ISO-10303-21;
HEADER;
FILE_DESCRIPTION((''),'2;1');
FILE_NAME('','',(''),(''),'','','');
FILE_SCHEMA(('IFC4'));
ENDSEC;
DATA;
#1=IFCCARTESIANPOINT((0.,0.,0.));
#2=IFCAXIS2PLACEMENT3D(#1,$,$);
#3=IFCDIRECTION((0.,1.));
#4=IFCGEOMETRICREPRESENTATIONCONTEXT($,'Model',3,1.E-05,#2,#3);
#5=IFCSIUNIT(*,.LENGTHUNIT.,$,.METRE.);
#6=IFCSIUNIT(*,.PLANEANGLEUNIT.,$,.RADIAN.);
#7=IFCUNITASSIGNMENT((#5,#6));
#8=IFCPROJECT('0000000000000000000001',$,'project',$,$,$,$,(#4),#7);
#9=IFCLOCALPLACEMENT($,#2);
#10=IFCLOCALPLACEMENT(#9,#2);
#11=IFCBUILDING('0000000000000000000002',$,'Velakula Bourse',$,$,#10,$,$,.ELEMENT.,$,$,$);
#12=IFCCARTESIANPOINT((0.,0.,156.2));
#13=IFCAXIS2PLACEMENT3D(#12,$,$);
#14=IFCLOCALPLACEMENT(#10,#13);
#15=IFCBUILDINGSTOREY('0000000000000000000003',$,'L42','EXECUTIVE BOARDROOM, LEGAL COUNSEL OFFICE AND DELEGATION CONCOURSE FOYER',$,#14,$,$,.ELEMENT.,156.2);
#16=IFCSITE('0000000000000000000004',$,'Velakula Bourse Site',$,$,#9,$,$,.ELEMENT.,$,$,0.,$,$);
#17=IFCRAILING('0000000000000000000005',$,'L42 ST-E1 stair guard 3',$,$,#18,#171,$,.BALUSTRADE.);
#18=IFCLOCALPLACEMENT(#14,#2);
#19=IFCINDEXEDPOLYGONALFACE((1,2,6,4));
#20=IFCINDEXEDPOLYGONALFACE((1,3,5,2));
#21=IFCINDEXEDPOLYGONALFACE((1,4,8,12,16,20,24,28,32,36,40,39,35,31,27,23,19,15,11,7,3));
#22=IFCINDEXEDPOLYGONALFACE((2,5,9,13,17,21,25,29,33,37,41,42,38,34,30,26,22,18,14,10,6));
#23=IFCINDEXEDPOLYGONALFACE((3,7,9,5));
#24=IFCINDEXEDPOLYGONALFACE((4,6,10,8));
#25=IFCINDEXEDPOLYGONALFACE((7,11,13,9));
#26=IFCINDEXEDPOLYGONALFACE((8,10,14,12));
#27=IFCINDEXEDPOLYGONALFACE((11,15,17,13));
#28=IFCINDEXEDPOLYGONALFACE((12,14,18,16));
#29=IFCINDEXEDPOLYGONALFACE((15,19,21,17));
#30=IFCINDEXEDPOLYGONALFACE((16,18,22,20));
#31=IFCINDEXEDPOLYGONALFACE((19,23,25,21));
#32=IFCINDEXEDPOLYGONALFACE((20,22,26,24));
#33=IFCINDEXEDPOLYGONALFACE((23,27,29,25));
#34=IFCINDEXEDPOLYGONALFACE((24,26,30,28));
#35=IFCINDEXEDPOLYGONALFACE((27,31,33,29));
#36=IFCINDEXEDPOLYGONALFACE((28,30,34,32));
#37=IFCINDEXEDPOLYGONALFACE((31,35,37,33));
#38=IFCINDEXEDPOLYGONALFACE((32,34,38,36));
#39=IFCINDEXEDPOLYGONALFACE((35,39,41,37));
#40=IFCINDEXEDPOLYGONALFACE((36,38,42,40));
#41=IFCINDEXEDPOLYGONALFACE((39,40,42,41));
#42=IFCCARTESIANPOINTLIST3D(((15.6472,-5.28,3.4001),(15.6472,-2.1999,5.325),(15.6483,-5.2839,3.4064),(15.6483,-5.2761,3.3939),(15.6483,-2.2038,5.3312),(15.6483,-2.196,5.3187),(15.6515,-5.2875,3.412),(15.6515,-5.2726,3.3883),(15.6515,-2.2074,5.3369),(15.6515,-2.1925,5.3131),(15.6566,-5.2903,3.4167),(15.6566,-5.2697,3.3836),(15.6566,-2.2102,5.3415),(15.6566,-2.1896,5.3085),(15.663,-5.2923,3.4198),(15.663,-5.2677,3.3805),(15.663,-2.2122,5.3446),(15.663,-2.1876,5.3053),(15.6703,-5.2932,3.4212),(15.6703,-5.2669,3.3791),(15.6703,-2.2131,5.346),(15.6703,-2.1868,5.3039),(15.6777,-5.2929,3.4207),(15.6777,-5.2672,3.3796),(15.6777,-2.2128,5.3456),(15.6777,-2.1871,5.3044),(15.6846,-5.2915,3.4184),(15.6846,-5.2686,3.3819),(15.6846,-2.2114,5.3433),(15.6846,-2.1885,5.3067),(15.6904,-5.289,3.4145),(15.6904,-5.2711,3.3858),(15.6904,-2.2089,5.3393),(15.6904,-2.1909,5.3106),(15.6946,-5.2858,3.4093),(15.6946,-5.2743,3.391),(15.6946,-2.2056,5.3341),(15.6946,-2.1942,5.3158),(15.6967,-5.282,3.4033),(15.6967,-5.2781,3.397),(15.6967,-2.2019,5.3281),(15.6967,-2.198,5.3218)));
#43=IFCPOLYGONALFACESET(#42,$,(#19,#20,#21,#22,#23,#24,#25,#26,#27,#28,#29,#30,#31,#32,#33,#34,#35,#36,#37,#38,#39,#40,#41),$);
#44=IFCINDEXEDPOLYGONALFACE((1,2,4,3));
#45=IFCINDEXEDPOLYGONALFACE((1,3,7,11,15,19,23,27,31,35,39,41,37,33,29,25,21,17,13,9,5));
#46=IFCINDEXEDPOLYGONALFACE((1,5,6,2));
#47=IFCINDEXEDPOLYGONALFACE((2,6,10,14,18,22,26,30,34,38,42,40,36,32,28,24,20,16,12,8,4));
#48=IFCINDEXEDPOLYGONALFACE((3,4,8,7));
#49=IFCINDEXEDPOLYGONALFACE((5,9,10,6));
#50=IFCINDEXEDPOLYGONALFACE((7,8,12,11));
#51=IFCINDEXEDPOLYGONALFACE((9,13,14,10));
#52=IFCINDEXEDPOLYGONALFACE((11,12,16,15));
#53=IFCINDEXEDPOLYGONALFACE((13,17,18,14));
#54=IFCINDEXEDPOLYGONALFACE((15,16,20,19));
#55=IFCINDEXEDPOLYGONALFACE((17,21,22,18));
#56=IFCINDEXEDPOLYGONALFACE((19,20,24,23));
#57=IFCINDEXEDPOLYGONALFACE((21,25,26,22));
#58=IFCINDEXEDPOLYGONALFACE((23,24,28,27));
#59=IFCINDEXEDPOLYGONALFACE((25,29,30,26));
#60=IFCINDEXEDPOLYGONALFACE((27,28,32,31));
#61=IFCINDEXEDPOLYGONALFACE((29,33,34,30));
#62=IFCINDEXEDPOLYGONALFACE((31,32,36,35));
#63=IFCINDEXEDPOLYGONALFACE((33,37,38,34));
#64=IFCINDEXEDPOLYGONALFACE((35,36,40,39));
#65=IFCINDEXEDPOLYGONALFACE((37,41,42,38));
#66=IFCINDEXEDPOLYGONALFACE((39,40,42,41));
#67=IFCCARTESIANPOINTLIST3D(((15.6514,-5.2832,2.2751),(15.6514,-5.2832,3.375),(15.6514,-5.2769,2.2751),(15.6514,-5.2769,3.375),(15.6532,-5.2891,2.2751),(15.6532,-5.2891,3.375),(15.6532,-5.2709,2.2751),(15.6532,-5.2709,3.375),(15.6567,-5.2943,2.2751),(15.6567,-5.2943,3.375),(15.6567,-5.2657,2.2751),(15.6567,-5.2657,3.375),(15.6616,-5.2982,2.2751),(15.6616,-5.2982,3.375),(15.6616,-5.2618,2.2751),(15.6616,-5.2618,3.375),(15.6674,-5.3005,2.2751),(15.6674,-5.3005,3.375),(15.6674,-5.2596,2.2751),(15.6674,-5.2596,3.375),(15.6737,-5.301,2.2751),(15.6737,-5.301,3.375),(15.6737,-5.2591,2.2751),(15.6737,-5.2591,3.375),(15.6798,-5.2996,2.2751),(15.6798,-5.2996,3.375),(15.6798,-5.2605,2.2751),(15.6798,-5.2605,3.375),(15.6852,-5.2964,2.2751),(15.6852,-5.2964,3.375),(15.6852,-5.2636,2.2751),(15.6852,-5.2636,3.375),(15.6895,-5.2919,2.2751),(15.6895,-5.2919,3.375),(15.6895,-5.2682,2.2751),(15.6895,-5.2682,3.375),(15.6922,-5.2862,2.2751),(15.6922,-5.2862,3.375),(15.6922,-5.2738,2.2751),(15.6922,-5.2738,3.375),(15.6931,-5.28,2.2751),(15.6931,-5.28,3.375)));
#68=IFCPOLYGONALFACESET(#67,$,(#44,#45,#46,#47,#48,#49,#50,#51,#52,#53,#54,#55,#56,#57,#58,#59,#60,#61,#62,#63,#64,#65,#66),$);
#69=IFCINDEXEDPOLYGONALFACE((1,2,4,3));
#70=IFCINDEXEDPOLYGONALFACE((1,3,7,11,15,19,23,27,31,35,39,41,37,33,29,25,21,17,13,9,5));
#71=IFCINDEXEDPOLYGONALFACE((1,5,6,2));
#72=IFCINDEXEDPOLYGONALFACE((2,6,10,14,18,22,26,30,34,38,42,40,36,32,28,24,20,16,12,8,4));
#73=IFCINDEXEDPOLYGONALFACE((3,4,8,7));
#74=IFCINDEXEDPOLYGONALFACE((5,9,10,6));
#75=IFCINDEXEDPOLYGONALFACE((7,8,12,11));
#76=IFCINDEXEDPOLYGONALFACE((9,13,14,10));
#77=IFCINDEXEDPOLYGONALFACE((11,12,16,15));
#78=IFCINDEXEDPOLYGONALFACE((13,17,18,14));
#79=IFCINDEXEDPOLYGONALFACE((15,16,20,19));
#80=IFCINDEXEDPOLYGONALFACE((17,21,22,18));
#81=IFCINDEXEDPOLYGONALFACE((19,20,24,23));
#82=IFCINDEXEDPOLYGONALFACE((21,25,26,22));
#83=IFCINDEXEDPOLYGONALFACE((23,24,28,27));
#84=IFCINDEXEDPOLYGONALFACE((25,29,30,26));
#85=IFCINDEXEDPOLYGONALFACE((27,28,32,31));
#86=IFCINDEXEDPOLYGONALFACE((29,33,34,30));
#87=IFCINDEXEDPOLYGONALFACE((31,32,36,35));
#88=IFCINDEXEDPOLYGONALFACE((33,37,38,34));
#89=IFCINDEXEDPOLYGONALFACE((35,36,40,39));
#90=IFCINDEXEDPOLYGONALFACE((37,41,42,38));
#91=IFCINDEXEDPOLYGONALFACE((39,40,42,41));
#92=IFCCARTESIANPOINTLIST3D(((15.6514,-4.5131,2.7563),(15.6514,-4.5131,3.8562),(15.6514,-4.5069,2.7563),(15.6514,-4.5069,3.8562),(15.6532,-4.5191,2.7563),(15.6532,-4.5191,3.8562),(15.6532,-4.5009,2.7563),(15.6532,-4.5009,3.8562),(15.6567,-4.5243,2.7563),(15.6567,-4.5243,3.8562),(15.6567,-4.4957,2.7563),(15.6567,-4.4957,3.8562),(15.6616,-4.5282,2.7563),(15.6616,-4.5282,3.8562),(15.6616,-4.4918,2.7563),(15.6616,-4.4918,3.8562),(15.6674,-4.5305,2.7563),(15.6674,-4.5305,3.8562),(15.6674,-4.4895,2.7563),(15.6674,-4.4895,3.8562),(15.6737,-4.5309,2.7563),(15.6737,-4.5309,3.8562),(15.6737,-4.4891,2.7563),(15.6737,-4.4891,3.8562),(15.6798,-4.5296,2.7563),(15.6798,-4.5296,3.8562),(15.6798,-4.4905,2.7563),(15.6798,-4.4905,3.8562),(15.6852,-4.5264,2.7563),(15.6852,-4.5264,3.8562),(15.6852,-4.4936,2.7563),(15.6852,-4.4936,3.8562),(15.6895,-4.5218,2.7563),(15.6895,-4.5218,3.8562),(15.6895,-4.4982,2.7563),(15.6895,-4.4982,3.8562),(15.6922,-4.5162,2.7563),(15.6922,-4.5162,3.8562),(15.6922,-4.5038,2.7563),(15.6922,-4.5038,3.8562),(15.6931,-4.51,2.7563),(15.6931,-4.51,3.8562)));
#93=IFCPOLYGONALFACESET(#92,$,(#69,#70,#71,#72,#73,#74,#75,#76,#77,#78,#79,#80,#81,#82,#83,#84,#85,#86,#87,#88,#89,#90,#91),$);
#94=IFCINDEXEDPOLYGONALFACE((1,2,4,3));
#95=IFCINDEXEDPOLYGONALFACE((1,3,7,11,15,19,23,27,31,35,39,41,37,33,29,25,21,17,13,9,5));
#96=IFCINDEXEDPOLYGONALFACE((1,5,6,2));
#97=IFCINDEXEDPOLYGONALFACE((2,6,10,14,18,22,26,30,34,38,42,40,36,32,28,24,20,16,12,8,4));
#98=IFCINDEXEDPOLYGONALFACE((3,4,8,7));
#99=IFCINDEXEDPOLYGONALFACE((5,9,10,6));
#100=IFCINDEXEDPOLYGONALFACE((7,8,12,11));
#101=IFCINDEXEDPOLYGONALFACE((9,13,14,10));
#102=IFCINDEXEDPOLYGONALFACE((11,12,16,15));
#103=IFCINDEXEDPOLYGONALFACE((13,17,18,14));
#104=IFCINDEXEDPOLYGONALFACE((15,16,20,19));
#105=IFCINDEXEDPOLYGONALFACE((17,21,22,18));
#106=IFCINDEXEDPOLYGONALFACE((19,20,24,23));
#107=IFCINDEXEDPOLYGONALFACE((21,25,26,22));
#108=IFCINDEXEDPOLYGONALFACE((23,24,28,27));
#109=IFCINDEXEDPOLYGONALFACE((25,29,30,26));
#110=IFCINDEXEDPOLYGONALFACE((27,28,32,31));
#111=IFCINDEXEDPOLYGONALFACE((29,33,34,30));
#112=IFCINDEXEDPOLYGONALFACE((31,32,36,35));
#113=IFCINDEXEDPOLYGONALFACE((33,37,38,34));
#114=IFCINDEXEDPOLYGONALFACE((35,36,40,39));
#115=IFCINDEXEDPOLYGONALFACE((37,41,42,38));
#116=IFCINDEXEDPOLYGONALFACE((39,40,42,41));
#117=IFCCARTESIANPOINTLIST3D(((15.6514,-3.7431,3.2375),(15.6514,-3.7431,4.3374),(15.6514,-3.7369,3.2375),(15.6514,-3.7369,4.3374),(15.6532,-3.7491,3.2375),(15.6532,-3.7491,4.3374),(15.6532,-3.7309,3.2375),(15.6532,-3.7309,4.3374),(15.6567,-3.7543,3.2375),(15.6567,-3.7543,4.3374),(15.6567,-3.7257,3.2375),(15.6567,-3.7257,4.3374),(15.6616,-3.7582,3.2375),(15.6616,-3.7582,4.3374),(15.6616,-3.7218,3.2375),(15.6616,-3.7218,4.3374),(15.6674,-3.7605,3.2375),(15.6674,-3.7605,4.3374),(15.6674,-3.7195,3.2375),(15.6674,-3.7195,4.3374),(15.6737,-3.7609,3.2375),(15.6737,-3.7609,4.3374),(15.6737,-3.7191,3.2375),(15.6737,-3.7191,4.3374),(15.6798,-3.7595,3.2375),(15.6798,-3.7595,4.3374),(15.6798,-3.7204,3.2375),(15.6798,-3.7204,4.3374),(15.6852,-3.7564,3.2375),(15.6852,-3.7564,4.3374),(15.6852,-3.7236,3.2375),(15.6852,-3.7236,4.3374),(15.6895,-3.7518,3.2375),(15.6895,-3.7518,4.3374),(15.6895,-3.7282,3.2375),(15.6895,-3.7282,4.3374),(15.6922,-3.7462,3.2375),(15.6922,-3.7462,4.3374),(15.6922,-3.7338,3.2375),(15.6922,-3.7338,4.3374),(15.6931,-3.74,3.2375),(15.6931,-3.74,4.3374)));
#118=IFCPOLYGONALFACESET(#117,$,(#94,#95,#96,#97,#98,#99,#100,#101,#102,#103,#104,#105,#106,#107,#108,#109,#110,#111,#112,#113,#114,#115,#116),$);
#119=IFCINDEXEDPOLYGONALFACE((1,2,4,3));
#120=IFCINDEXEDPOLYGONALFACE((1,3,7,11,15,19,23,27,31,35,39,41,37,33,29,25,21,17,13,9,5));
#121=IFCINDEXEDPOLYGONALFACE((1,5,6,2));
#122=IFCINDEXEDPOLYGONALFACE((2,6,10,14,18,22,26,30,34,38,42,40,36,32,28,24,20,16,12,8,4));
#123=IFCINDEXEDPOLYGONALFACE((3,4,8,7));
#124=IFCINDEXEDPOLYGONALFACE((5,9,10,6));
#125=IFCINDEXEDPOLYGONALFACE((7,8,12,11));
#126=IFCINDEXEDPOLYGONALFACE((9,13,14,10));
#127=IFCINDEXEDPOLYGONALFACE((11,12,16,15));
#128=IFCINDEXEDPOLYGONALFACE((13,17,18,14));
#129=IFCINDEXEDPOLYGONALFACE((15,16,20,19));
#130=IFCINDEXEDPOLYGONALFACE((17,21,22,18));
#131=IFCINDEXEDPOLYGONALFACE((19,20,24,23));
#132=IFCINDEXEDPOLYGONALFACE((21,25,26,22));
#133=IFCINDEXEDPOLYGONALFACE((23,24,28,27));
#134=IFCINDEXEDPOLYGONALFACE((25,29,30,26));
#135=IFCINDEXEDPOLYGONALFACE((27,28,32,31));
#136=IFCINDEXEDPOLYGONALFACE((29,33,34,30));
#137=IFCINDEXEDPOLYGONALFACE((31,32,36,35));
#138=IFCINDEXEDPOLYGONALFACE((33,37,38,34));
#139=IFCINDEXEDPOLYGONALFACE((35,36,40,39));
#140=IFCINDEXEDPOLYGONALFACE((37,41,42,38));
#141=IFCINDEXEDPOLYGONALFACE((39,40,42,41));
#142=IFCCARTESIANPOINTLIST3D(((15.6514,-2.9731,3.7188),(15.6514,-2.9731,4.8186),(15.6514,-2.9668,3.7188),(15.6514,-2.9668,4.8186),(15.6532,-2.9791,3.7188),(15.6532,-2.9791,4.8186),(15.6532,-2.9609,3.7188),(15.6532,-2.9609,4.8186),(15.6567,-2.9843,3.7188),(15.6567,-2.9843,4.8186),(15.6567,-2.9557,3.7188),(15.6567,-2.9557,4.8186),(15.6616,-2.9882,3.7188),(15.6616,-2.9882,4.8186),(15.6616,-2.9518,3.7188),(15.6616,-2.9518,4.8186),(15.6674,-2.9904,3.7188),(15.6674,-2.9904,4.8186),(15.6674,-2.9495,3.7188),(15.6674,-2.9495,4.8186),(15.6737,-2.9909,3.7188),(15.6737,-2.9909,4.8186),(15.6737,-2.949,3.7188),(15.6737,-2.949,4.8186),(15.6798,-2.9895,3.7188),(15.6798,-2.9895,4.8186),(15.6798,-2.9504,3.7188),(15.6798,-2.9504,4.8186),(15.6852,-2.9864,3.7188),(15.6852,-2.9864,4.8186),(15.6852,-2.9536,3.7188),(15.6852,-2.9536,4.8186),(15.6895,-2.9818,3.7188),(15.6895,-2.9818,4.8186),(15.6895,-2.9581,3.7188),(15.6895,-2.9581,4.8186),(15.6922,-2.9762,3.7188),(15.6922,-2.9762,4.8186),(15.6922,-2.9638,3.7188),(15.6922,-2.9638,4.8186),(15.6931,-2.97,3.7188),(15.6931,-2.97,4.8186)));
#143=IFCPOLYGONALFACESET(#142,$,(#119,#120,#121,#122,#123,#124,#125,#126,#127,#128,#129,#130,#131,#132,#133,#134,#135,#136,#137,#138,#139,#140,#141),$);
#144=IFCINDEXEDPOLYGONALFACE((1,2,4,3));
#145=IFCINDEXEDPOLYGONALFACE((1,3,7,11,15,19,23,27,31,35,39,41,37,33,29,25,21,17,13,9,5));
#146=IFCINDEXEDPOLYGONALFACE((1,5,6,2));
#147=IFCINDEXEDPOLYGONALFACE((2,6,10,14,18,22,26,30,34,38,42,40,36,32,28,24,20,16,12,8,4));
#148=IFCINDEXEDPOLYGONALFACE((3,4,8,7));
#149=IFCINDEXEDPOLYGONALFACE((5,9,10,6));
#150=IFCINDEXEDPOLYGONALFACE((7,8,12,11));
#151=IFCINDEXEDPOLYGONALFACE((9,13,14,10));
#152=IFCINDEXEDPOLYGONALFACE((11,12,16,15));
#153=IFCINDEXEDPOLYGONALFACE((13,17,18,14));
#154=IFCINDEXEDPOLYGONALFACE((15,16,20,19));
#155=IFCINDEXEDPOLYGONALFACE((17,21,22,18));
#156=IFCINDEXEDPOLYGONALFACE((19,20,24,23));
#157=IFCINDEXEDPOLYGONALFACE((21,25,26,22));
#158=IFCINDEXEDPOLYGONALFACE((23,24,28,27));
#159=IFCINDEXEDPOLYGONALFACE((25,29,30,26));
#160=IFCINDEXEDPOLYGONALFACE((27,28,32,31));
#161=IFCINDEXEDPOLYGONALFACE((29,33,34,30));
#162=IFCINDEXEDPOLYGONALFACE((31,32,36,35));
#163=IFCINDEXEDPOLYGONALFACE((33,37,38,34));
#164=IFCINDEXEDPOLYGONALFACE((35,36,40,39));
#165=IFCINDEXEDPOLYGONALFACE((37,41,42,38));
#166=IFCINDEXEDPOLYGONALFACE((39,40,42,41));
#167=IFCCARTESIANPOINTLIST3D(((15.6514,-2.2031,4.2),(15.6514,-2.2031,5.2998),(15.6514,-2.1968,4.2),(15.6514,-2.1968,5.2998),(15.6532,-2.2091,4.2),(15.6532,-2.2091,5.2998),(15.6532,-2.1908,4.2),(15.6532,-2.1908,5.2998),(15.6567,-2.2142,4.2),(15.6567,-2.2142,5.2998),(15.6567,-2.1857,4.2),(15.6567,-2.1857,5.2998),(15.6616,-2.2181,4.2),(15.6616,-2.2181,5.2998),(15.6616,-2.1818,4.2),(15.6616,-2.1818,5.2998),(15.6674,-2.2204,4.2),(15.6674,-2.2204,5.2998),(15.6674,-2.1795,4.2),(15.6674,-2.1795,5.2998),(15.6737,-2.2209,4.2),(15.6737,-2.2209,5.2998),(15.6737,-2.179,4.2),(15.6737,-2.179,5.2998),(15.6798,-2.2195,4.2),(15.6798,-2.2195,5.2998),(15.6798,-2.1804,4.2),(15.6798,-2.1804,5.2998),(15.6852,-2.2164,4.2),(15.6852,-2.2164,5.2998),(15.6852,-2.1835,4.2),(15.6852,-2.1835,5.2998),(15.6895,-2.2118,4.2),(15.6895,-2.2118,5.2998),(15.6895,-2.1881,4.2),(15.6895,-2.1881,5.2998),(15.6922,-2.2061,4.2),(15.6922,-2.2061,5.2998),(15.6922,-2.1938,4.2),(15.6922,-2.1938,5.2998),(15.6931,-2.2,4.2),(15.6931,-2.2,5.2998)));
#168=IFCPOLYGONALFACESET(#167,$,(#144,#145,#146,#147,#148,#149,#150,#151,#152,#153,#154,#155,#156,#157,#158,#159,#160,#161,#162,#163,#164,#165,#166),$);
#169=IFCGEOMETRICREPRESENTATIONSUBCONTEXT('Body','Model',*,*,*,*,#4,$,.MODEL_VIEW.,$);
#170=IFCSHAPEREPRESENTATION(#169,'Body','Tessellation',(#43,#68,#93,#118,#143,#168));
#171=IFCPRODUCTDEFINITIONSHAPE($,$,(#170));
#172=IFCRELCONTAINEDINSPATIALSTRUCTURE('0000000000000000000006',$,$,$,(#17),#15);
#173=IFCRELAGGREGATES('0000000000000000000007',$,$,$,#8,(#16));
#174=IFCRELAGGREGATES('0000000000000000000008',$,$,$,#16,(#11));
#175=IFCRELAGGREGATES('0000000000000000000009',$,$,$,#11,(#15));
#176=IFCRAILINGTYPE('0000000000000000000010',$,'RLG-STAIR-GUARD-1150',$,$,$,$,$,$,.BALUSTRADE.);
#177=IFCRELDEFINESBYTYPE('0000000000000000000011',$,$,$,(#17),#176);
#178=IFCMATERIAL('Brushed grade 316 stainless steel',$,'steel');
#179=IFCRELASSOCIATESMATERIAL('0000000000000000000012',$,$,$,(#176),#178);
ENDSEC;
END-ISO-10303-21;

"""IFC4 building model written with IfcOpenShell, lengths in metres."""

from ifc_helpers import new_model, si_unit, direction, frame, origin, origin_2d, place, context, subcontext, project, spatial, circle, extrude, material, type_object, element, save


model = new_model("IFC4")

# Units and contexts
model_context = context("Model", 3, precision=1e-05, world=origin(), true_north=direction((0.0, 1.0)))
body_context = subcontext(model_context, "Body", "Model", "MODEL_VIEW")
ifc_project = project(units=[si_unit("LENGTHUNIT", "METRE"), si_unit("PLANEANGLEUNIT", "RADIAN")], contexts=[model_context])

# Site, building, storey
site_placement = place(None, origin())
site = spatial("IfcSite", under=ifc_project, at=site_placement, Name="Velakula Bourse Site", CompositionType="ELEMENT", RefElevation=0.0)
building_placement = place(site_placement, origin())
building = spatial("IfcBuilding", under=site, at=building_placement, Name="Velakula Bourse", CompositionType="ELEMENT")
storey_placement = place(building_placement, frame((0.0, 0.0, 156.2)))
storey = spatial("IfcBuildingStorey", under=building, at=storey_placement, Name="L42", Description="EXECUTIVE BOARDROOM, LEGAL COUNSEL OFFICE AND DELEGATION CONCOURSE FOYER", CompositionType="ELEMENT", Elevation=156.2)

# Shared definitions
ifc_material_1 = material(Name="Brushed grade 316 stainless steel", Category="steel")

# Railing
railing_type_1 = type_object("IfcRailingType", Name="RLG-STAIR-GUARD-1150", PredefinedType="BALUSTRADE", material=ifc_material_1)
railing_1_placement = place(storey_placement, frame((15.6721, -5.28, 2.2751)))
element("IfcRailing", 1, at=railing_1_placement, inside=storey, type_object=railing_type_1, Name="L42 ST-E1 stair guard 3", PredefinedType="BALUSTRADE", context=body_context, shape_type="SweptSolid", body=[
    extrude(circle(Radius=0.0249, at=origin_2d()), frame((0.0, 0.0, 1.125), z_axis=(0.0, 0.848029, 0.529951), x_axis=(-1.0, 0.0, 0.0)), (0.0, 0.0, 1.0), 3.6321),
    extrude(circle(Radius=0.021, at=origin_2d()), origin(), (0.0, 0.0, 1.0), 1.0999),
    extrude(circle(Radius=0.021, at=origin_2d()), frame((0.0, 0.77, 0.4812)), (0.0, 0.0, 1.0), 1.0999),
    extrude(circle(Radius=0.021, at=origin_2d()), frame((0.0, 1.54, 0.9624)), (0.0, 0.0, 1.0), 1.0999),
    extrude(circle(Radius=0.021, at=origin_2d()), frame((0.0, 2.3101, 1.4436)), (0.0, 0.0, 1.0), 1.0999),
    extrude(circle(Radius=0.021, at=origin_2d()), frame((0.0, 3.0801, 1.9248)), (0.0, 0.0, 1.0), 1.0999),
])

save(model, "model.ifc")
